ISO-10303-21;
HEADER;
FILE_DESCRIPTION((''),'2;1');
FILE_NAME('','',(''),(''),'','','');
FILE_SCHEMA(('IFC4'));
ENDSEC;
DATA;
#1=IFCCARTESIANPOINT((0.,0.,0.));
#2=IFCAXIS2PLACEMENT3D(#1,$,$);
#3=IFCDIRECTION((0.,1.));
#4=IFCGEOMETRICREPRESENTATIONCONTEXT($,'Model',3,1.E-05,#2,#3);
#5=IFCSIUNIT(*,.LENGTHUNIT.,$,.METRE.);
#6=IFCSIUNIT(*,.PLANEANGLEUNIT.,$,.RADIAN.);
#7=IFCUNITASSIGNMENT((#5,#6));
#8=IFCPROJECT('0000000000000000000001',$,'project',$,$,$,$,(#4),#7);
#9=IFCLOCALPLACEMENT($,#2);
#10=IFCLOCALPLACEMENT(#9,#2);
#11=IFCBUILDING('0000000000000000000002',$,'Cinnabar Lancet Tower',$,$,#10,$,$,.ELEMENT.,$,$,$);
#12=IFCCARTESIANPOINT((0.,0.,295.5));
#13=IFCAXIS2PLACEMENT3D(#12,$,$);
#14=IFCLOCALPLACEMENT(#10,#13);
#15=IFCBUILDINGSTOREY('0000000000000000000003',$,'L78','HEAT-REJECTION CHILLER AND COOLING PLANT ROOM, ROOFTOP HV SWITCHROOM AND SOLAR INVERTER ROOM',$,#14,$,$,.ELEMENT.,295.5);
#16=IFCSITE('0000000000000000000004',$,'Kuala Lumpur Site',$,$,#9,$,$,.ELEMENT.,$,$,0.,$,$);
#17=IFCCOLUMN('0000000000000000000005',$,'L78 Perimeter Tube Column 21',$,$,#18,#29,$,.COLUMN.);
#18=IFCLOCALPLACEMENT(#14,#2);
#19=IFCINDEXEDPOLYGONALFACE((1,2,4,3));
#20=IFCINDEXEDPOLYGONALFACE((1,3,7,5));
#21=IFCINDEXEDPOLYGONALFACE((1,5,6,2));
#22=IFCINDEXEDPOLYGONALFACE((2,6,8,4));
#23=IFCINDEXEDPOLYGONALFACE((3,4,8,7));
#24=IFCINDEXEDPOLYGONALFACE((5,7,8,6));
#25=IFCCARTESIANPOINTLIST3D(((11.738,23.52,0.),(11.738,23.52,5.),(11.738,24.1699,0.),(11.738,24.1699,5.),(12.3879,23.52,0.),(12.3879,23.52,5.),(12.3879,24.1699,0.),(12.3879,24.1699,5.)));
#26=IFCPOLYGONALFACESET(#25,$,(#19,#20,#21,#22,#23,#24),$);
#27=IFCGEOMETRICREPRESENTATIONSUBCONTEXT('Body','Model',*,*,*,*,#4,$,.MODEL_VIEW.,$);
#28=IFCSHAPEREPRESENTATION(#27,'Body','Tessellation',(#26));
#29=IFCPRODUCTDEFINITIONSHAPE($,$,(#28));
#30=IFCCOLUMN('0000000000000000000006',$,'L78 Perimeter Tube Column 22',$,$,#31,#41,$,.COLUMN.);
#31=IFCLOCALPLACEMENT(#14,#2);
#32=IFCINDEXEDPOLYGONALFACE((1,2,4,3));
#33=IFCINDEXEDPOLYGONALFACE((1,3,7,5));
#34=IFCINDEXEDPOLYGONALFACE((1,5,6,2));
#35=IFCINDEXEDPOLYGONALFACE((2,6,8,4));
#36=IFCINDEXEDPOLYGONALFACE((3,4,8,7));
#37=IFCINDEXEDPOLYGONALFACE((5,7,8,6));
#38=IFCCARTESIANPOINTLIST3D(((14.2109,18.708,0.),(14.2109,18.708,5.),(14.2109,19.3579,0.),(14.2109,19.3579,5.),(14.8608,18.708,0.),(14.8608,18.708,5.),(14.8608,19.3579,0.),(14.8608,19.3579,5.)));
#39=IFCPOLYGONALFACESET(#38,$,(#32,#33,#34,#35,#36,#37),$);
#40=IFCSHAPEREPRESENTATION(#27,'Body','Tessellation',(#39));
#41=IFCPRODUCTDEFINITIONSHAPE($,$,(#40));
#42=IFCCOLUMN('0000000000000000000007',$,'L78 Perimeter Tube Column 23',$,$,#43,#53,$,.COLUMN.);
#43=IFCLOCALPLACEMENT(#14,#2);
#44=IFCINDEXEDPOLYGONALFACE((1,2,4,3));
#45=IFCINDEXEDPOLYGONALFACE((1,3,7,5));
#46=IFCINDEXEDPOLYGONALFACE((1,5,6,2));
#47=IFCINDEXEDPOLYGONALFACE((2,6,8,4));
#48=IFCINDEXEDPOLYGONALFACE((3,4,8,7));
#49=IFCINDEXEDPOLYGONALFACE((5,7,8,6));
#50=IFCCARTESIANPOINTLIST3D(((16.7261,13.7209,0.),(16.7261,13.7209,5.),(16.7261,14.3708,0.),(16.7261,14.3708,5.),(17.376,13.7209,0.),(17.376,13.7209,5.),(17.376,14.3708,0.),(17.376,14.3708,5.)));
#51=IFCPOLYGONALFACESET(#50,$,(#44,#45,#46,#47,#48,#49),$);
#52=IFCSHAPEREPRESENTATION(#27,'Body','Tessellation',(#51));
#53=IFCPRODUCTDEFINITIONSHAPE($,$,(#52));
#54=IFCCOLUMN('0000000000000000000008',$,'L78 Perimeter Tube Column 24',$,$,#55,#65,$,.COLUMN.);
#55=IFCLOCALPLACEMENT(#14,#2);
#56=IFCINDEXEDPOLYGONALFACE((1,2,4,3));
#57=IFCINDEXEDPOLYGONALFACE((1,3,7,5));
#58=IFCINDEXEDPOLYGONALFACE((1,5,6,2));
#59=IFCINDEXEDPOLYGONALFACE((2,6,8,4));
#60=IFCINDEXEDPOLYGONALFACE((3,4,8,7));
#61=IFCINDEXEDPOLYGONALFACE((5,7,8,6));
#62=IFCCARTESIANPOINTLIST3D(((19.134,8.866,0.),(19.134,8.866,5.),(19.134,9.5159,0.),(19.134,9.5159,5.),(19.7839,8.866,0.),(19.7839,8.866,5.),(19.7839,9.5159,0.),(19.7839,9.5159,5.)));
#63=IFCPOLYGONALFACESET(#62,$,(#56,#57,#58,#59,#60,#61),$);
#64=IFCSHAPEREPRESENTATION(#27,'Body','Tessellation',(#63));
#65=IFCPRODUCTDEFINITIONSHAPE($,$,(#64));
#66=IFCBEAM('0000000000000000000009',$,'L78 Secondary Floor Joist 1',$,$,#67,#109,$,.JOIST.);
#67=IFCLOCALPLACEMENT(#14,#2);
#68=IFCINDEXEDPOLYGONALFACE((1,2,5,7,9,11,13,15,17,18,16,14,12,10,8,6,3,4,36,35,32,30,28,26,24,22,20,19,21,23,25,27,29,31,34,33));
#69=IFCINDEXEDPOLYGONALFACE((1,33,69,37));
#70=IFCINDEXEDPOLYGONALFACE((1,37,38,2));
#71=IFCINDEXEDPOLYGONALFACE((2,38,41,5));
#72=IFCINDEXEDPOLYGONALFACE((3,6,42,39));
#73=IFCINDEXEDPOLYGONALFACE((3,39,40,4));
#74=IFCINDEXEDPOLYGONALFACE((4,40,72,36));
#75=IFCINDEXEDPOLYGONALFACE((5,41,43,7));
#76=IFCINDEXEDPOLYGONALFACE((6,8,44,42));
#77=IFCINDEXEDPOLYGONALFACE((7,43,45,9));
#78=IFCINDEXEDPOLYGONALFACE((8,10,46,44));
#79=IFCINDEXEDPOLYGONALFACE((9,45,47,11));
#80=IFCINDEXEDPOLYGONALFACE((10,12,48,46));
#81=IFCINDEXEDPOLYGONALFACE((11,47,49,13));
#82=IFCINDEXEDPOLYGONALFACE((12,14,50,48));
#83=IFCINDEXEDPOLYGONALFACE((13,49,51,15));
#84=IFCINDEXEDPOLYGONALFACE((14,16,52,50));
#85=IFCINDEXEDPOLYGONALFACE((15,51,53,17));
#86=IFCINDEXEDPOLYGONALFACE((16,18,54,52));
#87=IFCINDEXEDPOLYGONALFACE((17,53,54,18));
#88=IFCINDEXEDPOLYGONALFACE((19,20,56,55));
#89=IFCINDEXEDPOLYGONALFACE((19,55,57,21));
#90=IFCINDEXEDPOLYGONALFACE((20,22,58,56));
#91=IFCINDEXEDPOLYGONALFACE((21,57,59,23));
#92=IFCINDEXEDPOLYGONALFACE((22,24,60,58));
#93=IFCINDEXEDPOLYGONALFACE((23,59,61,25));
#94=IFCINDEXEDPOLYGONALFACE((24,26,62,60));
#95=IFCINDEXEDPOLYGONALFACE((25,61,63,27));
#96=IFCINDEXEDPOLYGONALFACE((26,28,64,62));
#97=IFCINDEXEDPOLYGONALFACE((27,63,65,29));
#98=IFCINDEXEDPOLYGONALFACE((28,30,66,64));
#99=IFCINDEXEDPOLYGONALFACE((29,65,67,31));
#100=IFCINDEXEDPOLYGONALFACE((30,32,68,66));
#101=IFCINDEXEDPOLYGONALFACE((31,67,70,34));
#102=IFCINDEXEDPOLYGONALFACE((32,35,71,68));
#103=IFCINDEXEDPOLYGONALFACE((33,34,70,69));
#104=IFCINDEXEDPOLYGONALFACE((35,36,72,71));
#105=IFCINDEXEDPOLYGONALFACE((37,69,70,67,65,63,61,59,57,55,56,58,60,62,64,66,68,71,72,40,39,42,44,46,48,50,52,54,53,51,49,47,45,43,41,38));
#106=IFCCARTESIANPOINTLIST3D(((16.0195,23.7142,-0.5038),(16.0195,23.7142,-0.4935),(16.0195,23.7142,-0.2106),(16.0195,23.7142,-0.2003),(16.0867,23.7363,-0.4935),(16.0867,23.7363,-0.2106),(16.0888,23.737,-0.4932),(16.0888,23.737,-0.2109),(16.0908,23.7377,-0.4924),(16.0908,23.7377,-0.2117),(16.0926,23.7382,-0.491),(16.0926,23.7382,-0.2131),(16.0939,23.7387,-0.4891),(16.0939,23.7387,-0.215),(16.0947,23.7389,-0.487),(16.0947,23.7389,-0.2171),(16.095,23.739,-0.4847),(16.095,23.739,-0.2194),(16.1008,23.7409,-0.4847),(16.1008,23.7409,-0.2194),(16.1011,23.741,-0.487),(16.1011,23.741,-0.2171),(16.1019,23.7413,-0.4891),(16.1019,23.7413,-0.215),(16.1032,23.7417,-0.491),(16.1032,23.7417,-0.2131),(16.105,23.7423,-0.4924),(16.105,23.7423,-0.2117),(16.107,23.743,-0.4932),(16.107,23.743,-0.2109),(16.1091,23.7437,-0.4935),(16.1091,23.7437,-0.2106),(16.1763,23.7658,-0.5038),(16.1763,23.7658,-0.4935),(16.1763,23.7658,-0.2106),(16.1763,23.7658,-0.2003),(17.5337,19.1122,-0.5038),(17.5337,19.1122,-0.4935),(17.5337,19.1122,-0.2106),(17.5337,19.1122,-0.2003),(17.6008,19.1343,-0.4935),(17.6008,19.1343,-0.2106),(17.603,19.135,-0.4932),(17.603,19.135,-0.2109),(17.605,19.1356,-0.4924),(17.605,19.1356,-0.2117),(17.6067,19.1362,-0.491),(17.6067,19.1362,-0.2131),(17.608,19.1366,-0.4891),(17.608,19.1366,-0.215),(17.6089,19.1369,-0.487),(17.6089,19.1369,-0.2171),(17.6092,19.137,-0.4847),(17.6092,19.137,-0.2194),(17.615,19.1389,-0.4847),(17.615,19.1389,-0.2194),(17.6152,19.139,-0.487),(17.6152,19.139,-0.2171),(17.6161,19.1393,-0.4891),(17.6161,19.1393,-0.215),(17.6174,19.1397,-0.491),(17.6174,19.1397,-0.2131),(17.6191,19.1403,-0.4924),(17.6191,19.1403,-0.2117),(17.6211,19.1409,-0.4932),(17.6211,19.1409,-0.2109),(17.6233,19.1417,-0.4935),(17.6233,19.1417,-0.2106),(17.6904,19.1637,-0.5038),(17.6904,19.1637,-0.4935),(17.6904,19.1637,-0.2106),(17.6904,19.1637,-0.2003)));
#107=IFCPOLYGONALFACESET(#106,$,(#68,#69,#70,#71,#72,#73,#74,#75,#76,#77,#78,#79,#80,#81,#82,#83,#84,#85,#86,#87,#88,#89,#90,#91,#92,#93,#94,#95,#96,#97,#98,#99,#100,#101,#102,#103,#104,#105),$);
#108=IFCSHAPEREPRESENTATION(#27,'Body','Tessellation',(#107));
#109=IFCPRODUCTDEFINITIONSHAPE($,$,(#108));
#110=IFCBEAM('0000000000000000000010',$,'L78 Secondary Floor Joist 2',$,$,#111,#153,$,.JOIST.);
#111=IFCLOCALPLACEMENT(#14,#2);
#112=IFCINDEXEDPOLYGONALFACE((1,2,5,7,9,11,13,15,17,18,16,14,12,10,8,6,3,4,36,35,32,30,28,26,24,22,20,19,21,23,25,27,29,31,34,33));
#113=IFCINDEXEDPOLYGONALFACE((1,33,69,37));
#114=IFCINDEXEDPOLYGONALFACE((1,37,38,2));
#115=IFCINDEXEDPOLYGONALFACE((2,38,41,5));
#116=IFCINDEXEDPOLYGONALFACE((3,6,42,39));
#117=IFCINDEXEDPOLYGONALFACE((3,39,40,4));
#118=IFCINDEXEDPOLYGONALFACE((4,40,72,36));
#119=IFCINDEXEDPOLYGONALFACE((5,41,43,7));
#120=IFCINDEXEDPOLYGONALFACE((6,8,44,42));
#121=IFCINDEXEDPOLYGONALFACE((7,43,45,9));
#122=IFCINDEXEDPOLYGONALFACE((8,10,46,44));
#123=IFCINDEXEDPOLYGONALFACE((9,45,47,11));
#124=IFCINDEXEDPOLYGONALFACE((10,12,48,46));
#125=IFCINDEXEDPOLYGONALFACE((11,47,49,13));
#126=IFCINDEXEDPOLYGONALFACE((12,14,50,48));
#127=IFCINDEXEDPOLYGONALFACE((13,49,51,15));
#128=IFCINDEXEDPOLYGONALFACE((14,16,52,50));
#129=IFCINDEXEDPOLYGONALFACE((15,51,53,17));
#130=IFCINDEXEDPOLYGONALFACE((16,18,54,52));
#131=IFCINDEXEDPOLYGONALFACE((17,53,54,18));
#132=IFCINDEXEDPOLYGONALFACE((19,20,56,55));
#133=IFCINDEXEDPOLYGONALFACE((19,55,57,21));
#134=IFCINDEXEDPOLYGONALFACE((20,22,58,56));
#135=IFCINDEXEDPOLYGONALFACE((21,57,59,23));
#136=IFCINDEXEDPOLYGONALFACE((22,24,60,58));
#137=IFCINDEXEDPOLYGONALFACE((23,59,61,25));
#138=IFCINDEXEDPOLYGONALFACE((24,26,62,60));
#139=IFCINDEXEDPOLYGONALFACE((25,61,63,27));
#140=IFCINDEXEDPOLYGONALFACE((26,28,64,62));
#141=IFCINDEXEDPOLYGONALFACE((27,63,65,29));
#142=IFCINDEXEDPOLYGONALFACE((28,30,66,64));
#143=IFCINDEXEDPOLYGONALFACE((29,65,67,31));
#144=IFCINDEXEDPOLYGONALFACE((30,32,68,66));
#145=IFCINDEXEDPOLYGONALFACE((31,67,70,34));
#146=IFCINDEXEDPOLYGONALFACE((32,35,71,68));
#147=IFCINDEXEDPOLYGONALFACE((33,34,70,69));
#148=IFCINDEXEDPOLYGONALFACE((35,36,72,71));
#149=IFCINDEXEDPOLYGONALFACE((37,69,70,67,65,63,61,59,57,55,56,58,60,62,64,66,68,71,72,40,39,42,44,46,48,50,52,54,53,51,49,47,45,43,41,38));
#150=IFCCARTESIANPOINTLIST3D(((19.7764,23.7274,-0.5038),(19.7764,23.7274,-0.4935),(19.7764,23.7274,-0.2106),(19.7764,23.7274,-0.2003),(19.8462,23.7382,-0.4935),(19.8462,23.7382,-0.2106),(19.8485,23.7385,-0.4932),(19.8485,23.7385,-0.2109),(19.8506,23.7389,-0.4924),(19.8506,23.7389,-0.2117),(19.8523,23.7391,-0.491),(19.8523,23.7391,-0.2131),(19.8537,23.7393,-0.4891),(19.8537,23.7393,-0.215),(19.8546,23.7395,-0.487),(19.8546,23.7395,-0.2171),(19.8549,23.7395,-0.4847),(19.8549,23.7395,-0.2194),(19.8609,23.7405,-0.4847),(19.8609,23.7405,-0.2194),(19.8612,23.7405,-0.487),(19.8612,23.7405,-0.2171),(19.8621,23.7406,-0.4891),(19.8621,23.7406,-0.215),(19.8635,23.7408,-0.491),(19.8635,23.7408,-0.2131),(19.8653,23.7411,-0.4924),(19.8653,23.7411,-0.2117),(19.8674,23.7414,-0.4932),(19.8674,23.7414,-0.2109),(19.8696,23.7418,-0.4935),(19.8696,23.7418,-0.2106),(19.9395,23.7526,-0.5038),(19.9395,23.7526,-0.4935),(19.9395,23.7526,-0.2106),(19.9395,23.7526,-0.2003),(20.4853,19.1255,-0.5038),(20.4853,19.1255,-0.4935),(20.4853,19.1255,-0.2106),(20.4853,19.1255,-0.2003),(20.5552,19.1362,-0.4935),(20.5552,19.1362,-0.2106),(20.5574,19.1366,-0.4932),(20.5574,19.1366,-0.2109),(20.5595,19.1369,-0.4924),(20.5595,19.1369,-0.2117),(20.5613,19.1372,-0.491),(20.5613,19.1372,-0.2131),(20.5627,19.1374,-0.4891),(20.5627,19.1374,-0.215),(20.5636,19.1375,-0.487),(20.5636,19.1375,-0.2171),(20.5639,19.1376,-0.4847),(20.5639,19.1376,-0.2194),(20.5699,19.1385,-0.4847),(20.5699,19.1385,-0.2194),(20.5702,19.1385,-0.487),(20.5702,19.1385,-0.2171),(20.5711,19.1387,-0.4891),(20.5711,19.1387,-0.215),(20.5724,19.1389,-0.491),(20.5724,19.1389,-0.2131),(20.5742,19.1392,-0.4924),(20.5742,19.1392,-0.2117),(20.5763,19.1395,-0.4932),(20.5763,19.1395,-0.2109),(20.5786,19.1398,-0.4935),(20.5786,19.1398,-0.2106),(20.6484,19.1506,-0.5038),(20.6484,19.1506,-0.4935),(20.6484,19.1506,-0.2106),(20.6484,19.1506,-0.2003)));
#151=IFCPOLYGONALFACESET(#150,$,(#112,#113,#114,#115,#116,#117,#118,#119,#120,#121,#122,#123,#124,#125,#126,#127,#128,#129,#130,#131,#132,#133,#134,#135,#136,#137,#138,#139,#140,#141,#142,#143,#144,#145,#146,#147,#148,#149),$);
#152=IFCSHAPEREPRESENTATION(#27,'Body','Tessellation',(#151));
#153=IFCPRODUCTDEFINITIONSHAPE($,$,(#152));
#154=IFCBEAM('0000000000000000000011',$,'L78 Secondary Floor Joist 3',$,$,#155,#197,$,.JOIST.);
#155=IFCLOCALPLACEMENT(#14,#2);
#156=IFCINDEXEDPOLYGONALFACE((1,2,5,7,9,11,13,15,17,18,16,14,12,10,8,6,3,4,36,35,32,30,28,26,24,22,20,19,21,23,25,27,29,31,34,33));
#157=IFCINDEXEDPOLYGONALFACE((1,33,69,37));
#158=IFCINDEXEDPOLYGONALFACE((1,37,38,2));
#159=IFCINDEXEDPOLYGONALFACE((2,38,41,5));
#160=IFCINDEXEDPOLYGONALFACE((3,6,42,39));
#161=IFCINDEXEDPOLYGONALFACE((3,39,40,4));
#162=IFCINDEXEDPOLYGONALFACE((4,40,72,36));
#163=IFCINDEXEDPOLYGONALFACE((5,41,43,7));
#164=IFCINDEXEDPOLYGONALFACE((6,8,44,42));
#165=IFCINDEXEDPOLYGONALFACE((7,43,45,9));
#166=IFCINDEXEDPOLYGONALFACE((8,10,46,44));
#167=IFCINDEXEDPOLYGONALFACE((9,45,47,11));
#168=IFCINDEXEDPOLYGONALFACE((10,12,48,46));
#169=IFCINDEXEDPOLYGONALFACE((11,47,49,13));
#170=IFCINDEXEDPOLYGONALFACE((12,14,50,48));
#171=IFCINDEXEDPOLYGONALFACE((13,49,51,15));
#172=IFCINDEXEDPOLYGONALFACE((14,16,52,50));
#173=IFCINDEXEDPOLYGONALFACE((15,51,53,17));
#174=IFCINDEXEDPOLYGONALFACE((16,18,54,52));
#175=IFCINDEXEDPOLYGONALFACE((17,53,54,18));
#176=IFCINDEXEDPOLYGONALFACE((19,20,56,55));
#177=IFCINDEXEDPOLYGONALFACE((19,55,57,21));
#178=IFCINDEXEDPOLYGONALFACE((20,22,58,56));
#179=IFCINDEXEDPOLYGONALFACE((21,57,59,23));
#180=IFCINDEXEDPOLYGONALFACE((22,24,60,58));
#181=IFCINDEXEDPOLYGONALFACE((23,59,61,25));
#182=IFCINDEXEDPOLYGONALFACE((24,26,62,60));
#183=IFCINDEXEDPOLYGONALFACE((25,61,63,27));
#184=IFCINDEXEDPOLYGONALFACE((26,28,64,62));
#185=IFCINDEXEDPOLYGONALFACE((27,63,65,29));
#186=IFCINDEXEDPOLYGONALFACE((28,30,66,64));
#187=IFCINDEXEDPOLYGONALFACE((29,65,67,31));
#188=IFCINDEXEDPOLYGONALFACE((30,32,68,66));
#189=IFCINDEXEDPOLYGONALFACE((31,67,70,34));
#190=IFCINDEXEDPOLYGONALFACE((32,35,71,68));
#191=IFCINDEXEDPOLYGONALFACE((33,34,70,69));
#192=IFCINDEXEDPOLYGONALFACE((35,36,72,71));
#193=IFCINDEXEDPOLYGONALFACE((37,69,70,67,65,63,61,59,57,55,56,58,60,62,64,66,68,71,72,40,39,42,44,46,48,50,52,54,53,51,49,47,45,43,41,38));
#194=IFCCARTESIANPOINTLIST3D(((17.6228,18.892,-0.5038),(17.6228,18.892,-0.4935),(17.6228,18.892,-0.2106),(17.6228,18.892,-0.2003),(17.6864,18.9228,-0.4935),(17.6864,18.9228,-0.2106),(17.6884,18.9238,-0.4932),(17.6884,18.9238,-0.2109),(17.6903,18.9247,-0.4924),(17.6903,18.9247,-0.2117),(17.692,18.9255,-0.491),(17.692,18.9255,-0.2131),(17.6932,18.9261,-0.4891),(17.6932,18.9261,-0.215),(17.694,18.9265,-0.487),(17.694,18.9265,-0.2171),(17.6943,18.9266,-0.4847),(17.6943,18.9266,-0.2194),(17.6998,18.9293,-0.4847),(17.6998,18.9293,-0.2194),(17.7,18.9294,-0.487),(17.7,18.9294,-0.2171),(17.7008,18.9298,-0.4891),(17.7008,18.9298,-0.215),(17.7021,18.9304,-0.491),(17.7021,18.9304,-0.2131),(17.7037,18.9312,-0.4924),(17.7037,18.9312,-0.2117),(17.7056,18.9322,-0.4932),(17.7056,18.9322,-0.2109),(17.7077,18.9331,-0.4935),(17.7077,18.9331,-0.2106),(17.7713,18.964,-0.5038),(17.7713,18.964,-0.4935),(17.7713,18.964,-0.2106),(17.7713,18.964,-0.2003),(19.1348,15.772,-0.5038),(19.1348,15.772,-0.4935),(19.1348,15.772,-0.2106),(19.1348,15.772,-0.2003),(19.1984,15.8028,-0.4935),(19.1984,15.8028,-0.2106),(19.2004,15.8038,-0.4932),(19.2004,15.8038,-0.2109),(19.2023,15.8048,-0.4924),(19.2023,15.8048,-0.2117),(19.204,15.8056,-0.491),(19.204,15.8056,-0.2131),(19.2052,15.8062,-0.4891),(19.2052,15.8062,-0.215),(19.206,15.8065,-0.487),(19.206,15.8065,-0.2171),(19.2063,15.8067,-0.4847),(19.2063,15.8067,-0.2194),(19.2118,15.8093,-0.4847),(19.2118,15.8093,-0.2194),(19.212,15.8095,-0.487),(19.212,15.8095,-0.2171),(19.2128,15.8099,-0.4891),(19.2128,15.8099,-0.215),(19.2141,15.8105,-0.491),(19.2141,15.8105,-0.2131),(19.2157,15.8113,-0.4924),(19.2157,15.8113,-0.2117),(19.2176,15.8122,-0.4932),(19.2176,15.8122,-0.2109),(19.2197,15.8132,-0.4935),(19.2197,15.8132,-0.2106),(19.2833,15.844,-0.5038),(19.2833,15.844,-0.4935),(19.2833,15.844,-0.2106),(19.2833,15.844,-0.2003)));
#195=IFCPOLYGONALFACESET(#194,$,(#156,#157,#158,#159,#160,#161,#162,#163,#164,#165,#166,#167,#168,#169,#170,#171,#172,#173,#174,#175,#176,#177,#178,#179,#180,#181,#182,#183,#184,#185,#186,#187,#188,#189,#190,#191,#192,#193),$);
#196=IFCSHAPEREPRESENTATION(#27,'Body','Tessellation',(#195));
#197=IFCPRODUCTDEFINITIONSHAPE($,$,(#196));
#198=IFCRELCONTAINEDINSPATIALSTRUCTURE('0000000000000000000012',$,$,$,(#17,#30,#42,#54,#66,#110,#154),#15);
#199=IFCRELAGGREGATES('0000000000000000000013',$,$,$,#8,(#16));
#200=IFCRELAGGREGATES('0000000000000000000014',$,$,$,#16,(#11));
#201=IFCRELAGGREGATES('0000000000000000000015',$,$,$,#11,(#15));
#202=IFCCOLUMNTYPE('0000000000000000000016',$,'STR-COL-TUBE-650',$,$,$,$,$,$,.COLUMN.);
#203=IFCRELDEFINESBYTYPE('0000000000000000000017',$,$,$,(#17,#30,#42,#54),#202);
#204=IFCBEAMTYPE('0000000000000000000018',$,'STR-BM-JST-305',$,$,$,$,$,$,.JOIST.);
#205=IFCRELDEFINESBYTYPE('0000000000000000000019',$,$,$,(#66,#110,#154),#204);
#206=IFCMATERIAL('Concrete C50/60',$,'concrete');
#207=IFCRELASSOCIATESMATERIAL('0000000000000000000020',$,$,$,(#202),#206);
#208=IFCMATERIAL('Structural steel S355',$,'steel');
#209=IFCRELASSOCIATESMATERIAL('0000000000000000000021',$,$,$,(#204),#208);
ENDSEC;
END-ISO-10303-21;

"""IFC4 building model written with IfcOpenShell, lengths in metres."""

from ifc_helpers import new_model, si_unit, direction, frame, origin, origin_2d, place, context, subcontext, project, spatial, rectangle, i_section, extrude, material, material_profile, profile_set, type_object, element, save


model = new_model("IFC4")

# Units and contexts
model_context = context("Model", 3, precision=1e-05, world=origin(), true_north=direction((0.0, 1.0)))
body_context = subcontext(model_context, "Body", "Model", "MODEL_VIEW")
ifc_project = project(units=[si_unit("LENGTHUNIT", "METRE"), si_unit("PLANEANGLEUNIT", "RADIAN")], contexts=[model_context])

# Site, building, storey
site_placement = place(None, origin())
site = spatial("IfcSite", under=ifc_project, at=site_placement, Name="Kuala Lumpur Site", CompositionType="ELEMENT", RefElevation=0.0)
building_placement = place(site_placement, origin())
building = spatial("IfcBuilding", under=site, at=building_placement, Name="Cinnabar Lancet Tower", CompositionType="ELEMENT")
storey_placement = place(building_placement, frame((0.0, 0.0, 295.5)))
storey = spatial("IfcBuildingStorey", under=building, at=storey_placement, Name="L78", Description="HEAT-REJECTION CHILLER AND COOLING PLANT ROOM, ROOFTOP HV SWITCHROOM AND SOLAR INVERTER ROOM", CompositionType="ELEMENT", Elevation=295.5)

# Columns
ifc_material_1 = material(Name="Concrete C50/60", Category="concrete")
ifc_material_profile_1 = material_profile(ifc_material_1, rectangle(XDim=0.6499, YDim=0.6499, at=origin_2d()), Name="RC-COL 650x650")
ifc_profile_set_1 = profile_set([ifc_material_profile_1], Name="Concrete C50/60")
column_type = type_object("IfcColumnType", Name="STR-COL-TUBE-650", PredefinedType="COLUMN", material=ifc_profile_set_1)
for number, where, z_axis, x_axis, name in (
    (1, (12.063, 23.845, 0.0), (0.0, 0.0, 1.0), (1.0, 0.0, 0.0), "L78 Perimeter Tube Column 21"),
    (2, (14.5359, 19.033, 0.0), (0.0, 0.0, 1.0), (1.0, 0.0, 0.0), "L78 Perimeter Tube Column 22"),
    (3, (17.051, 14.0459, 0.0), (0.0, 0.0, 1.0), (1.0, 0.0, 0.0), "L78 Perimeter Tube Column 23"),
    (4, (19.459, 9.1909, 0.0), (0.0, 0.0, 1.0), (1.0, 0.0, 0.0), "L78 Perimeter Tube Column 24"),
):
    element("IfcColumn", number, at=place(storey_placement, frame(where, z_axis=z_axis, x_axis=x_axis)), inside=storey, type_object=column_type, Name=name, PredefinedType="COLUMN", context=body_context, shape_type="SweptSolid", body=[
        extrude(rectangle(XDim=0.6499, YDim=0.6499, at=origin_2d()), origin(), (0.0, 0.0, 1.0), 5.0),
    ])

# Beams
ifc_material_2 = material(Name="Structural steel S355", Category="steel")
ifc_material_profile_2 = material_profile(ifc_material_2, i_section(OverallWidth=0.165, OverallDepth=0.3035, WebThickness=0.0061, FlangeThickness=0.0103, FilletRadius=0.0088, at=origin_2d()), Name="UKB 305x165x40")
ifc_profile_set_2 = profile_set([ifc_material_profile_2], Name="Structural steel S355")
beam_type_1 = type_object("IfcBeamType", Name="STR-BM-JST-305", PredefinedType="JOIST", material=ifc_profile_set_2)
beam_1_placement = place(storey_placement, frame((16.0979, 23.74, -0.3521), z_axis=(0.312537, -0.949906, 0.0), x_axis=(0.949906, 0.312537, 0.0)))
element("IfcBeam", 5, at=beam_1_placement, inside=storey, type_object=beam_type_1, Name="L78 Secondary Floor Joist 1", PredefinedType="JOIST", context=body_context, shape_type="SweptSolid", body=[
    extrude(i_section(OverallWidth=0.165, OverallDepth=0.3035, WebThickness=0.0061, FlangeThickness=0.0103, FilletRadius=0.0088, at=origin_2d()), origin(), (0.0, 0.0, 1.0), 4.8447),
])
beam_2_placement = place(storey_placement, frame((19.8579, 23.74, -0.3521), z_axis=(0.152262, -0.98834, 0.0), x_axis=(0.98834, 0.152262, 0.0)))
element("IfcBeam", 6, at=beam_2_placement, inside=storey, type_object=beam_type_1, Name="L78 Secondary Floor Joist 2", PredefinedType="JOIST", context=body_context, shape_type="SweptSolid", body=[
    extrude(i_section(OverallWidth=0.165, OverallDepth=0.3035, WebThickness=0.0061, FlangeThickness=0.0103, FilletRadius=0.0088, at=origin_2d()), origin(), (0.0, 0.0, 1.0), 4.6562),
])
beam_3_placement = place(storey_placement, frame((17.697, 18.928, -0.3521), z_axis=(0.436109, -0.899894, 0.0), x_axis=(0.899894, 0.436109, 0.0)))
element("IfcBeam", 7, at=beam_3_placement, inside=storey, type_object=beam_type_1, Name="L78 Secondary Floor Joist 3", PredefinedType="JOIST", context=body_context, shape_type="SweptSolid", body=[
    extrude(i_section(OverallWidth=0.165, OverallDepth=0.3035, WebThickness=0.0061, FlangeThickness=0.0103, FilletRadius=0.0088, at=origin_2d()), origin(), (0.0, 0.0, 1.0), 3.467),
])

save(model, "model.ifc")
